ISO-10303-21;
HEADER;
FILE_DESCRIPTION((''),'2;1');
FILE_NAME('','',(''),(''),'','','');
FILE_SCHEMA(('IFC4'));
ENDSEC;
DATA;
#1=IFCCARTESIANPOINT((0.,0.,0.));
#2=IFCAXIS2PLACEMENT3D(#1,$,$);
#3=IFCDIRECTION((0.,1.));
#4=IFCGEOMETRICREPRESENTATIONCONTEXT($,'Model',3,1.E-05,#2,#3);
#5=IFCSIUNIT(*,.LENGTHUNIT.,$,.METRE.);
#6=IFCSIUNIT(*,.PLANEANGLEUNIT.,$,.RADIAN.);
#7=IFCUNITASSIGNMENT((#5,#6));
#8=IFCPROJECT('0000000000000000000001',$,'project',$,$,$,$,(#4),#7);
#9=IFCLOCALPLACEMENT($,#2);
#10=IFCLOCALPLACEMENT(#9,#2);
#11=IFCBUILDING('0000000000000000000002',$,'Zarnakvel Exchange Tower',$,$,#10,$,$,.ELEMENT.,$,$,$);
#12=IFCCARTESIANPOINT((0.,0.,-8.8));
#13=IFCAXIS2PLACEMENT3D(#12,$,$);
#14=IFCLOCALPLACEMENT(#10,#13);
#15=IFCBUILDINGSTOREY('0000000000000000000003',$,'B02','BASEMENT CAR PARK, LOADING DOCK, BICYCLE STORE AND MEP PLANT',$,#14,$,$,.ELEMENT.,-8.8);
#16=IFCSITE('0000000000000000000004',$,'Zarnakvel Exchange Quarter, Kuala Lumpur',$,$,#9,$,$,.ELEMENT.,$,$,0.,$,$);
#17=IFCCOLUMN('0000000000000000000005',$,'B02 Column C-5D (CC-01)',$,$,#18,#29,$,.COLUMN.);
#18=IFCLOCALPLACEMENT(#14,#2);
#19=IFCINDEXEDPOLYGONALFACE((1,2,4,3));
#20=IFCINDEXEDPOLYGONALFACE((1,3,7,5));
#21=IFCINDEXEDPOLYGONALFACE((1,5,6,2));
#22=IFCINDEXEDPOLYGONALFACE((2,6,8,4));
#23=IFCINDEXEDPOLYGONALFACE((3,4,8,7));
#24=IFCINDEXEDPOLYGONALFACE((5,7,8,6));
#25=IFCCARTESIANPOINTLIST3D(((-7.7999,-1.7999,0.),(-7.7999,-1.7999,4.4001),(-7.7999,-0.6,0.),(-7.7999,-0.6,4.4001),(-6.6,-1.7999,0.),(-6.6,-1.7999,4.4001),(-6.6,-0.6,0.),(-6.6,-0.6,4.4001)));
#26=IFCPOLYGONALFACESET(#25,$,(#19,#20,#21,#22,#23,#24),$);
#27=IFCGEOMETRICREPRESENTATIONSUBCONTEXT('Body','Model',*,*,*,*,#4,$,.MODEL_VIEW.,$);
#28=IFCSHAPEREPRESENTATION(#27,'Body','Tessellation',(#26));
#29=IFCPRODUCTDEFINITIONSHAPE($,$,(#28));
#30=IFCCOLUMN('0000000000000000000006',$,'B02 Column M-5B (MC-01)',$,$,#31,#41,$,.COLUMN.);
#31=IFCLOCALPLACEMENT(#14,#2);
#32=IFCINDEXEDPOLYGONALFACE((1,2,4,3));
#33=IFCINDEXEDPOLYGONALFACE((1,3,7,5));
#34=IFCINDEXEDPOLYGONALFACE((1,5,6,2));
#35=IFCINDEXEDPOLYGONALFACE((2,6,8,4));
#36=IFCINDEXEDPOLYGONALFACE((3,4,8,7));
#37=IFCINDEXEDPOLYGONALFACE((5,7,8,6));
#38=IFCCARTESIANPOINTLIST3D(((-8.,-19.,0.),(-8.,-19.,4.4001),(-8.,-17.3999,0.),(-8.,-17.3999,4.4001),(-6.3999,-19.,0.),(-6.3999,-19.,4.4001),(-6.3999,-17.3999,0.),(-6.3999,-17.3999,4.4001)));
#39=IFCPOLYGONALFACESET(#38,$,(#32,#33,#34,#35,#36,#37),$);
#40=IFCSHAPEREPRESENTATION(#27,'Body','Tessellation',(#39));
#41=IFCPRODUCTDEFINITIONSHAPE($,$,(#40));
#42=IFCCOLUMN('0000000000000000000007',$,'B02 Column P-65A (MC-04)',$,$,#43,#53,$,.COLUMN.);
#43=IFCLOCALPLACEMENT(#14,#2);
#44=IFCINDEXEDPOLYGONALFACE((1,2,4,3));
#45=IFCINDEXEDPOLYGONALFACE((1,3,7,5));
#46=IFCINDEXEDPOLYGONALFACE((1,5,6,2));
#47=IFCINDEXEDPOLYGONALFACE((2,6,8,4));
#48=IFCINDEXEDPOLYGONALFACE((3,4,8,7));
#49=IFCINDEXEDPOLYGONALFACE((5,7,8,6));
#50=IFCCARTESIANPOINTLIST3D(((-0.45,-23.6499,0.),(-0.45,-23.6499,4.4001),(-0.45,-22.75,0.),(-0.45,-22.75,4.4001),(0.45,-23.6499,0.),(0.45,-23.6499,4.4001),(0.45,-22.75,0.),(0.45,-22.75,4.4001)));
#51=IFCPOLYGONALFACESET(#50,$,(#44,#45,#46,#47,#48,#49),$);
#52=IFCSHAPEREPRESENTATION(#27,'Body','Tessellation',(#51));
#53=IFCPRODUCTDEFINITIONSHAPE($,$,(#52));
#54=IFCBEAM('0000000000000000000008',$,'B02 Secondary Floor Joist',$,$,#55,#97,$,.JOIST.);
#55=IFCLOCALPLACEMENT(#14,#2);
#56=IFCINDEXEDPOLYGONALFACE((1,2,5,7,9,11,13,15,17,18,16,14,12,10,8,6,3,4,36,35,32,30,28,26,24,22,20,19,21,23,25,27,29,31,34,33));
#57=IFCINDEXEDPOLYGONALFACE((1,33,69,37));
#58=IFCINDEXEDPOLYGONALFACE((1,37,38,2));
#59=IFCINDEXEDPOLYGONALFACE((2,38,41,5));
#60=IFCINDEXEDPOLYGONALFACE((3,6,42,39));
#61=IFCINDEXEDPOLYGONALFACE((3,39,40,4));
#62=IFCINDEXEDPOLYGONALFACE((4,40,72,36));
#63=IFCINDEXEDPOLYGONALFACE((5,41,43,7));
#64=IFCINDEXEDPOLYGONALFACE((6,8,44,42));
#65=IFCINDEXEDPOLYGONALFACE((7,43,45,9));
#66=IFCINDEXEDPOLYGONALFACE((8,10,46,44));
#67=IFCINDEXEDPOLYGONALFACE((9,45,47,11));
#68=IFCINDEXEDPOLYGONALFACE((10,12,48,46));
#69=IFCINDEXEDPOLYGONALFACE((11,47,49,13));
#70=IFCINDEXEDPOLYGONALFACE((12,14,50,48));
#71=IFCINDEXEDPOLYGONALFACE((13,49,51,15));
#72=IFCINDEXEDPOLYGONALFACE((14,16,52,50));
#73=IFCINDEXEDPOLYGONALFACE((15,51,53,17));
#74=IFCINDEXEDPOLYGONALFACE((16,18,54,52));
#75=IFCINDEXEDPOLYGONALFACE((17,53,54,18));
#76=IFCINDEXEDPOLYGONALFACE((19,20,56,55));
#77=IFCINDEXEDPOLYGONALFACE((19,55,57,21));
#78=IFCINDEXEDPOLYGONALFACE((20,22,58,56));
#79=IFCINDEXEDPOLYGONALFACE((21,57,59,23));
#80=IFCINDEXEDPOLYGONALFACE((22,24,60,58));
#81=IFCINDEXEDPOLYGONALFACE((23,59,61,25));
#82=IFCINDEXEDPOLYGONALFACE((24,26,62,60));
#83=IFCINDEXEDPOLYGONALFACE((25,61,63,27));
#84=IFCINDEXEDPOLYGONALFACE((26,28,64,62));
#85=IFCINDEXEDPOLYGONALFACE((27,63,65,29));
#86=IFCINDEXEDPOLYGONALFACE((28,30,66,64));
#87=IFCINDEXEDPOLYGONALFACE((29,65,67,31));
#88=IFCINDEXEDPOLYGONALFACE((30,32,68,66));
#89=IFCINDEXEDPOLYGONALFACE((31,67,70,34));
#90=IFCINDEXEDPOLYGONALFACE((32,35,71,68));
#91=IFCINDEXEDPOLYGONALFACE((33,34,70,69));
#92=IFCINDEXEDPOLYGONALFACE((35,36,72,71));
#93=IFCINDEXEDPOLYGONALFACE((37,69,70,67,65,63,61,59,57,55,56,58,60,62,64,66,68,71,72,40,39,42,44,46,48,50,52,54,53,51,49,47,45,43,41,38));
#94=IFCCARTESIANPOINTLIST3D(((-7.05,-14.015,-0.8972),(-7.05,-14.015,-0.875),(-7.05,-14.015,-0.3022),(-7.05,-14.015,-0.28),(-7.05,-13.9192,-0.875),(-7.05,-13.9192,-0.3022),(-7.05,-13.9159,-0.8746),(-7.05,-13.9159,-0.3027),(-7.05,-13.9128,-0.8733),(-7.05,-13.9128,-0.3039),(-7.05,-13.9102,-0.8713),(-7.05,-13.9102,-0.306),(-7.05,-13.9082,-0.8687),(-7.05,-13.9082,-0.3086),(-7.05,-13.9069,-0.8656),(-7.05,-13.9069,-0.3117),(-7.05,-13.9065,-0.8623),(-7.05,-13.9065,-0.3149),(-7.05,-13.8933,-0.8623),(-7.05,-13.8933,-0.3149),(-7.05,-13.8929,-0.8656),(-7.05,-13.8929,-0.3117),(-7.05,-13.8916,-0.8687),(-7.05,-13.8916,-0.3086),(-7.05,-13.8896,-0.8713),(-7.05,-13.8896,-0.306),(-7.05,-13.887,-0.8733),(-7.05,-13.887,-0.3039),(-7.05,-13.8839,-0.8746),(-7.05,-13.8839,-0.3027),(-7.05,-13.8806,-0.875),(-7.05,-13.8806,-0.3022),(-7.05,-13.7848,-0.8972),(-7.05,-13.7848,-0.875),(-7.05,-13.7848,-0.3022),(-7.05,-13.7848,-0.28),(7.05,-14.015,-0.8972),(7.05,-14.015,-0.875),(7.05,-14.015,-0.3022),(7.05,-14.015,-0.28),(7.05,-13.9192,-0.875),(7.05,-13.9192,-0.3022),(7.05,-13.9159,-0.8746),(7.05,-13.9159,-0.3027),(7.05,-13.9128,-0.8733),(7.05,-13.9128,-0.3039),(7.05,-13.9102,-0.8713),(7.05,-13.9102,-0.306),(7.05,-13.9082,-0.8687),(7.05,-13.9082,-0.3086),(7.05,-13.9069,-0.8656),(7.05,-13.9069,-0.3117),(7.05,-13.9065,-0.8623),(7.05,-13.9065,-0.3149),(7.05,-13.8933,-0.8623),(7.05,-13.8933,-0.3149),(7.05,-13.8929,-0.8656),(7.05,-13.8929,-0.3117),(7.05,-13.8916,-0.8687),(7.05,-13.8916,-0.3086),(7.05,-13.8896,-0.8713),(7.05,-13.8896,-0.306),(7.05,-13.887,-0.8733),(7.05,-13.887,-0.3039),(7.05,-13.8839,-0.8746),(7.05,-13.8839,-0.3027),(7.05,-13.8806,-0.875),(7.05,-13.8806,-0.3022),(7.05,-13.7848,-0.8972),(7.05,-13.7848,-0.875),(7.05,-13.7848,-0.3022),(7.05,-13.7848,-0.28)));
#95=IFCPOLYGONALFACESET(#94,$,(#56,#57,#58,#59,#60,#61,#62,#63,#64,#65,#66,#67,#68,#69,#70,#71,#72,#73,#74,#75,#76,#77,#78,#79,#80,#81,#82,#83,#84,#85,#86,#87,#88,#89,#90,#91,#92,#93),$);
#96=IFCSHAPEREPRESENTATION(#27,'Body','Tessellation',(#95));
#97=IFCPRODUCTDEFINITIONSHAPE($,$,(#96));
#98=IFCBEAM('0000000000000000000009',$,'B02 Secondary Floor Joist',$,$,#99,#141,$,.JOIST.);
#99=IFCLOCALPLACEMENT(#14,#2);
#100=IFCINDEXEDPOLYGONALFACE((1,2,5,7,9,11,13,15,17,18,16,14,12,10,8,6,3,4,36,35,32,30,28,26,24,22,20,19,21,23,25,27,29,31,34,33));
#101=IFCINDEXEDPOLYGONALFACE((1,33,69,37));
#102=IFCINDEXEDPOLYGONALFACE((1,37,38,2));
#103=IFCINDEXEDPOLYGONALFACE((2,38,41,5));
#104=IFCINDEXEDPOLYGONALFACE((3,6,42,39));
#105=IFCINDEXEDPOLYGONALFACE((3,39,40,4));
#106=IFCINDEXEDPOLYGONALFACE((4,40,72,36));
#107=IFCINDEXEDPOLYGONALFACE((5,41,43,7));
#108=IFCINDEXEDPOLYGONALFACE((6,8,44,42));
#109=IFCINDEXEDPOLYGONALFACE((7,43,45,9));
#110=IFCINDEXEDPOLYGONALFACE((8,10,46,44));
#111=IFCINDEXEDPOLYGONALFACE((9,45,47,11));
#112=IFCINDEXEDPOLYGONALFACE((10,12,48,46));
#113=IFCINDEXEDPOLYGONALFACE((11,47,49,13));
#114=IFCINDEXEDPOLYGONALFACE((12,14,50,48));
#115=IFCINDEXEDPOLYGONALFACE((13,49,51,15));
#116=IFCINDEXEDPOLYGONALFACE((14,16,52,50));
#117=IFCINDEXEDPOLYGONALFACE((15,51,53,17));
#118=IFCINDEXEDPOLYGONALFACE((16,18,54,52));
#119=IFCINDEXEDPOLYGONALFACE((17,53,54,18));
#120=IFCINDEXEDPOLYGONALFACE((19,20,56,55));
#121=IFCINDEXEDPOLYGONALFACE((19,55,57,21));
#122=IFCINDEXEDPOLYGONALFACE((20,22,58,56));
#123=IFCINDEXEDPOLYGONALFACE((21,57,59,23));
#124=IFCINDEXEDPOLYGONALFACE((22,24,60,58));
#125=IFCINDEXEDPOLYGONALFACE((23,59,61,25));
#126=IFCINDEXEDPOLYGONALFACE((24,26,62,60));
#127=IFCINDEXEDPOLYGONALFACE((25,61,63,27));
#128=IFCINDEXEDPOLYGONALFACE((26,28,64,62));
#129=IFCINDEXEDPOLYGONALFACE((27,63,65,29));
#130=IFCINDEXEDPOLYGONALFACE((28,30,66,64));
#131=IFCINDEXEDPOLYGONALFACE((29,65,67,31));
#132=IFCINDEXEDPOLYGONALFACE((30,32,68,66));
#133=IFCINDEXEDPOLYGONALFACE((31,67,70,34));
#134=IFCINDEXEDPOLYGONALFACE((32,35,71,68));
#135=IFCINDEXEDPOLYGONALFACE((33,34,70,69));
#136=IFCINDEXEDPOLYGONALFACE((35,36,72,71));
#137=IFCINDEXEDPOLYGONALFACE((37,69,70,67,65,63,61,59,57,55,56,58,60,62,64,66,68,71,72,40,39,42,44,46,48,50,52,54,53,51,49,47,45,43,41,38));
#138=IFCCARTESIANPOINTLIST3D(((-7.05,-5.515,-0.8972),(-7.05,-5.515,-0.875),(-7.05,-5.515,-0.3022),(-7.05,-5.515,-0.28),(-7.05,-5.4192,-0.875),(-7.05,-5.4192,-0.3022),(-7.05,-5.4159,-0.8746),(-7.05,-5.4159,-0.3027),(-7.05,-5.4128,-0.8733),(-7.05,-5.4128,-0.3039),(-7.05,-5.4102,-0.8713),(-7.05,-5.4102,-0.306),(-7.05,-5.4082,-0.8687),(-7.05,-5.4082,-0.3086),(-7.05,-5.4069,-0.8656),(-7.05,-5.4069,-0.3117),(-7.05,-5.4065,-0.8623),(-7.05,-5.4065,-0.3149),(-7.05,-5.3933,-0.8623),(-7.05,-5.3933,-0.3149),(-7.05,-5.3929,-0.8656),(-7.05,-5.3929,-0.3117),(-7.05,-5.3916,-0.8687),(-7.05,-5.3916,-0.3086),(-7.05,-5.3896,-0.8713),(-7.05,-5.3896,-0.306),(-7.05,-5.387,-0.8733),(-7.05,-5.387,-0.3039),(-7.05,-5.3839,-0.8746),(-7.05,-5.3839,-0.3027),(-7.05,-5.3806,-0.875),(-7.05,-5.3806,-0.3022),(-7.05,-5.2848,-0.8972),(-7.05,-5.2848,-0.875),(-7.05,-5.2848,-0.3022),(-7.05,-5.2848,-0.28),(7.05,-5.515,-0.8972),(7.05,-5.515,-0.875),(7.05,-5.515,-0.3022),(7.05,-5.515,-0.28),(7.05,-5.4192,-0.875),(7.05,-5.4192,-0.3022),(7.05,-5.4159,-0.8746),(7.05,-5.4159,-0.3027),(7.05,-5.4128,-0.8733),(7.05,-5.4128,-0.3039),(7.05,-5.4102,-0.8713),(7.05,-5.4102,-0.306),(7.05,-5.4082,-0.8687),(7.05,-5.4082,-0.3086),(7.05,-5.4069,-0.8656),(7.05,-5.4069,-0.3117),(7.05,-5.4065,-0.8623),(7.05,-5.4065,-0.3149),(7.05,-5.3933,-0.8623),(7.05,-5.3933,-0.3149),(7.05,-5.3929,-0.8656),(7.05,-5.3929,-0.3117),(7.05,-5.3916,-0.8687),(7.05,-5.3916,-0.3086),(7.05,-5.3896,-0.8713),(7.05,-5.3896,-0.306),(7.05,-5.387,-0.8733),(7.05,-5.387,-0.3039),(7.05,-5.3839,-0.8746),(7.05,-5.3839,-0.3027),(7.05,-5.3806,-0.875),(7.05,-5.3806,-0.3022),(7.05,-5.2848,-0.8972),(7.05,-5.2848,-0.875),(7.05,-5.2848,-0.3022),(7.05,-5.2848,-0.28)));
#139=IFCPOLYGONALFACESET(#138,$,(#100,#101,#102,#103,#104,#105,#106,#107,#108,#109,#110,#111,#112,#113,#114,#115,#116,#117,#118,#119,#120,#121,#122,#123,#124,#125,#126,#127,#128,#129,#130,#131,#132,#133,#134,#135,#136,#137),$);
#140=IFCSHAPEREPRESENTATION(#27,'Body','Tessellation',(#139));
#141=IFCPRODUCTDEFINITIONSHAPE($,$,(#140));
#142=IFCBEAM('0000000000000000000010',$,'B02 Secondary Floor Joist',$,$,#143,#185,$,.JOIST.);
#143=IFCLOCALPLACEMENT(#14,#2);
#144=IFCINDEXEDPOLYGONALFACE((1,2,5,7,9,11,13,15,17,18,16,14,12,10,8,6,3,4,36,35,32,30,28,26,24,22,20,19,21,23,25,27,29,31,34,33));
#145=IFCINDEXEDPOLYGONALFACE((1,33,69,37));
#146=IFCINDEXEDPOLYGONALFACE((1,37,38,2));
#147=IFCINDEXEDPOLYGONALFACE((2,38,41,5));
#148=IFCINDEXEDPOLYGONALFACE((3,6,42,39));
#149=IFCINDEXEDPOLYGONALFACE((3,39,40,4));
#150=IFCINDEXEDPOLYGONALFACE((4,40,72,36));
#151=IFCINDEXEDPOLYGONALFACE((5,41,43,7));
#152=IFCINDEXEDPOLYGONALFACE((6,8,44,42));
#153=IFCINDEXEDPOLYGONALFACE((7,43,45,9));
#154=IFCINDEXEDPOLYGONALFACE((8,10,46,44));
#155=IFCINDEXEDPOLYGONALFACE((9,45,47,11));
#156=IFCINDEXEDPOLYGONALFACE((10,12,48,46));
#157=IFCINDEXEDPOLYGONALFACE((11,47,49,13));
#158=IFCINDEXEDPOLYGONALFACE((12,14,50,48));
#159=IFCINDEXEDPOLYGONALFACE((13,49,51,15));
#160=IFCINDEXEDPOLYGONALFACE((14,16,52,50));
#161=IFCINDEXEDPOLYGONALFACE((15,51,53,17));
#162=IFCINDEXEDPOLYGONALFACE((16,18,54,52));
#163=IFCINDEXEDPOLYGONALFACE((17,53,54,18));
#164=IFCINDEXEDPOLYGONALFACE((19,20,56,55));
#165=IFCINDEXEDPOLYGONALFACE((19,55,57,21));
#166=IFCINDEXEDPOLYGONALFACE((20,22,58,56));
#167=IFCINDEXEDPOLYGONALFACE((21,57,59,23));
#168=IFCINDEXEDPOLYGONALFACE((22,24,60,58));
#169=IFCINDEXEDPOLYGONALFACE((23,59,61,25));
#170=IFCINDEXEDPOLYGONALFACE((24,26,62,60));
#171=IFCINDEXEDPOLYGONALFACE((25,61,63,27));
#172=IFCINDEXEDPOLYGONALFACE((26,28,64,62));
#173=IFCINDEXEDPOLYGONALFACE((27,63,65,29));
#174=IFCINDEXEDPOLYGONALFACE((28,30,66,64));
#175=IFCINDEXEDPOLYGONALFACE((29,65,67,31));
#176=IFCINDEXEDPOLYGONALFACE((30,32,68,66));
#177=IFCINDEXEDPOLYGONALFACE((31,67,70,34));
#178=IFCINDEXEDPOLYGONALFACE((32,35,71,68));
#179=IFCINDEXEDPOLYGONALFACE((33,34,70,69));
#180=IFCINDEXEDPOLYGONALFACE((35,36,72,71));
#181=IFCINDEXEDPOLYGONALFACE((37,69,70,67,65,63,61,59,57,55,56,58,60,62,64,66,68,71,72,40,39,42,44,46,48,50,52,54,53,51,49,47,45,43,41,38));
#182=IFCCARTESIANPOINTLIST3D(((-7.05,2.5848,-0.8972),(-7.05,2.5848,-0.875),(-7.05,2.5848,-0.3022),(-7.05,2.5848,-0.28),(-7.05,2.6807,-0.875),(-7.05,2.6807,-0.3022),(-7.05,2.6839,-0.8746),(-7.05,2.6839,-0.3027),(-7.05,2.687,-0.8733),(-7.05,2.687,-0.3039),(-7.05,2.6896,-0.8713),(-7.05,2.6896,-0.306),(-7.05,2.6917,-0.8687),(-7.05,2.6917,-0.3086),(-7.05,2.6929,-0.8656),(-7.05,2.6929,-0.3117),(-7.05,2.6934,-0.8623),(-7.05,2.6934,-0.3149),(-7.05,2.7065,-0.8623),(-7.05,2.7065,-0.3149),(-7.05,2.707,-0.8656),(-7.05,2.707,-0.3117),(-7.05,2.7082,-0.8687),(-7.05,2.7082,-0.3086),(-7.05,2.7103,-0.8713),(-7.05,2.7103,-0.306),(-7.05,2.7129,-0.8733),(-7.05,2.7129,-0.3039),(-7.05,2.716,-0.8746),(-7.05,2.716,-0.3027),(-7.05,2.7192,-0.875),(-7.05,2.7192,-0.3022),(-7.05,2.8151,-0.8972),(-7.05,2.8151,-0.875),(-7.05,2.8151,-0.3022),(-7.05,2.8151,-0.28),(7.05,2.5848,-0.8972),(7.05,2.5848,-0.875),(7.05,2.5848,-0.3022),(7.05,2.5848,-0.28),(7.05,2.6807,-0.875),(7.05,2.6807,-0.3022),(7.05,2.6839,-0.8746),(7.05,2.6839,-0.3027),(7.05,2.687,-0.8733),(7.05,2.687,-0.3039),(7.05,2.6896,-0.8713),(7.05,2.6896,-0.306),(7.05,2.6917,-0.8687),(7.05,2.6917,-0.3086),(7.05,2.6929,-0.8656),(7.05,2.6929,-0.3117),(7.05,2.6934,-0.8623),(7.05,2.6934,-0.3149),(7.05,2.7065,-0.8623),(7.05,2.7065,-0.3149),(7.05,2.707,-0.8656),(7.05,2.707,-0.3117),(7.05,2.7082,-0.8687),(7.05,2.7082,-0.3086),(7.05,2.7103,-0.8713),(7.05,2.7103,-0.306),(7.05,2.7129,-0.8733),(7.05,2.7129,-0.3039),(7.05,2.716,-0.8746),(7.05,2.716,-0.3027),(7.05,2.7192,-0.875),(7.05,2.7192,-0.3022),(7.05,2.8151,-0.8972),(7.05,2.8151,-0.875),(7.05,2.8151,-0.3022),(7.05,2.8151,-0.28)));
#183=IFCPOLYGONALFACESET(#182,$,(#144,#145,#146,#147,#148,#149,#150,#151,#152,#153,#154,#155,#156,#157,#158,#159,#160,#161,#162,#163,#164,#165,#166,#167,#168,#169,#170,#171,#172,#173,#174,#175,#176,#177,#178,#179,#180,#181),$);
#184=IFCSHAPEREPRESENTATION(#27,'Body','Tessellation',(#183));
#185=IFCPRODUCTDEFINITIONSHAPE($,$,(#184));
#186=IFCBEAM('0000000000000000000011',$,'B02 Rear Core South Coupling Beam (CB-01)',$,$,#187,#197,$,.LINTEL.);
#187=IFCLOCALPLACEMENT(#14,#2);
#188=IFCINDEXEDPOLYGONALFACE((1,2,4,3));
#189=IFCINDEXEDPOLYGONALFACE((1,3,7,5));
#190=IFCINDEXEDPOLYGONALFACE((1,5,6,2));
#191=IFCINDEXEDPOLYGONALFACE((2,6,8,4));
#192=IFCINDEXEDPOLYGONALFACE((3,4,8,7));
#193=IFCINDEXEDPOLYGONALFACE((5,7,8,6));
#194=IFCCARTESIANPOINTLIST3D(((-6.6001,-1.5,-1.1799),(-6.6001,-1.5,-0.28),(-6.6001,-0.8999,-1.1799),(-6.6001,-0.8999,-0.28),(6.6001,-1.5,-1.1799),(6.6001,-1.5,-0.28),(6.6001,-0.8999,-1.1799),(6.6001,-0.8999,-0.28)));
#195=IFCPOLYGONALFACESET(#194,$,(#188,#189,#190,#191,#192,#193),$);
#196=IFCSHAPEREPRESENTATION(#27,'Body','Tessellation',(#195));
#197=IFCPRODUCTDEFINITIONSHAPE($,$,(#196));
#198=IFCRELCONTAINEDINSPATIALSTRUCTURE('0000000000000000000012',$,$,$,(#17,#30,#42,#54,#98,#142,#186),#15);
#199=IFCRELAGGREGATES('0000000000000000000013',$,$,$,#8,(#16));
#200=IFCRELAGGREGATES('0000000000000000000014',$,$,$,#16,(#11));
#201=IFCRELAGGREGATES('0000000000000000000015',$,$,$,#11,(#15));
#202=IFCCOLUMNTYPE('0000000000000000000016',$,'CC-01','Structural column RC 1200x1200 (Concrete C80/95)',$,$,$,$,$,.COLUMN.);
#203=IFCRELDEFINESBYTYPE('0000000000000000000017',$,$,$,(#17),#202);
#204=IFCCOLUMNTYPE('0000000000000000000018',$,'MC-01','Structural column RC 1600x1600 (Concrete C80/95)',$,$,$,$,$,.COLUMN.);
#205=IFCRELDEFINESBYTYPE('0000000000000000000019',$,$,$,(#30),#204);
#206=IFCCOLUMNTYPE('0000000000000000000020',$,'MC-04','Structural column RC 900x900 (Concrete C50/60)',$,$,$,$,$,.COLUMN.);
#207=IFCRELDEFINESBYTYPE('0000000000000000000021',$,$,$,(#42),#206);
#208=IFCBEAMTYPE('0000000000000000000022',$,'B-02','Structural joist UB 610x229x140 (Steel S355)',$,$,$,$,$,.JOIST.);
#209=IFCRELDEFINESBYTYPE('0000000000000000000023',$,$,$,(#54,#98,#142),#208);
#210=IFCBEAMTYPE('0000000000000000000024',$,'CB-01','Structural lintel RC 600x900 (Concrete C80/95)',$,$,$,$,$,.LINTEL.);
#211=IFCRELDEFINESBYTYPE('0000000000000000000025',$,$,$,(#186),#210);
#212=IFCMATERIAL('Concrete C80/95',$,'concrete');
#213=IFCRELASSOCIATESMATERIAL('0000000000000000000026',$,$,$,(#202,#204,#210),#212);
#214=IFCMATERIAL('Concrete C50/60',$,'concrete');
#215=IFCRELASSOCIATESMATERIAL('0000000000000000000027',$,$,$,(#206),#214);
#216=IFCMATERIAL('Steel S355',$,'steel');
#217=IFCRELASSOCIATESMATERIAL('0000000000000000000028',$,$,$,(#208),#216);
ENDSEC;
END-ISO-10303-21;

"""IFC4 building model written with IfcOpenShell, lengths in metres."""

from ifc_helpers import new_model, si_unit, direction, frame, origin, origin_2d, place, context, subcontext, project, spatial, rectangle, i_section, extrude, material, material_profile, profile_set, type_object, element, save


model = new_model("IFC4")

# Units and contexts
model_context = context("Model", 3, precision=1e-05, world=origin(), true_north=direction((0.0, 1.0)))
body_context = subcontext(model_context, "Body", "Model", "MODEL_VIEW")
ifc_project = project(units=[si_unit("LENGTHUNIT", "METRE"), si_unit("PLANEANGLEUNIT", "RADIAN")], contexts=[model_context])

# Site, building, storey
site_placement = place(None, origin())
site = spatial("IfcSite", under=ifc_project, at=site_placement, Name="Zarnakvel Exchange Quarter, Kuala Lumpur", CompositionType="ELEMENT", RefElevation=0.0)
building_placement = place(site_placement, origin())
building = spatial("IfcBuilding", under=site, at=building_placement, Name="Zarnakvel Exchange Tower", CompositionType="ELEMENT")
storey_placement = place(building_placement, frame((0.0, 0.0, -8.8)))
storey = spatial("IfcBuildingStorey", under=building, at=storey_placement, Name="B02", Description="BASEMENT CAR PARK, LOADING DOCK, BICYCLE STORE AND MEP PLANT", CompositionType="ELEMENT", Elevation=-8.8)

# Columns
ifc_material_1 = material(Name="Concrete C80/95", Category="concrete")
ifc_material_profile_1 = material_profile(ifc_material_1, rectangle(XDim=1.2, YDim=1.2, at=origin_2d()))
ifc_profile_set_1 = profile_set([ifc_material_profile_1], Name="Concrete C80/95")
column_type_1 = type_object("IfcColumnType", Name="CC-01", Description="Structural column RC 1200x1200 (Concrete C80/95)", PredefinedType="COLUMN", material=ifc_profile_set_1)
column_1_placement = place(storey_placement, frame((-7.2, -1.2, 0.0), z_axis=(0.0, 0.0, 1.0), x_axis=(1.0, 0.0, 0.0)))
element("IfcColumn", 1, at=column_1_placement, inside=storey, type_object=column_type_1, Name="B02 Column C-5D (CC-01)", PredefinedType="COLUMN", context=body_context, shape_type="SweptSolid", body=[
    extrude(rectangle(XDim=1.2, YDim=1.2, at=origin_2d()), origin(), (0.0, 0.0, 1.0), 4.4001),
])
ifc_material_profile_2 = material_profile(ifc_material_1, rectangle(XDim=1.6001, YDim=1.6001, at=origin_2d()))
ifc_profile_set_2 = profile_set([ifc_material_profile_2], Name="Concrete C80/95")
column_type_2 = type_object("IfcColumnType", Name="MC-01", Description="Structural column RC 1600x1600 (Concrete C80/95)", PredefinedType="COLUMN", material=ifc_profile_set_2)
column_2_placement = place(storey_placement, frame((-7.2, -18.2, 0.0), z_axis=(0.0, 0.0, 1.0), x_axis=(1.0, 0.0, 0.0)))
element("IfcColumn", 2, at=column_2_placement, inside=storey, type_object=column_type_2, Name="B02 Column M-5B (MC-01)", PredefinedType="COLUMN", context=body_context, shape_type="SweptSolid", body=[
    extrude(rectangle(XDim=1.6001, YDim=1.6001, at=origin_2d()), origin(), (0.0, 0.0, 1.0), 4.4001),
])
ifc_material_2 = material(Name="Concrete C50/60", Category="concrete")
ifc_material_profile_3 = material_profile(ifc_material_2, rectangle(XDim=0.8999, YDim=0.8999, at=origin_2d()))
ifc_profile_set_3 = profile_set([ifc_material_profile_3], Name="Concrete C50/60")
column_type_3 = type_object("IfcColumnType", Name="MC-04", Description="Structural column RC 900x900 (Concrete C50/60)", PredefinedType="COLUMN", material=ifc_profile_set_3)
column_3_placement = place(storey_placement, frame((0.0, -23.2, 0.0), z_axis=(0.0, 0.0, 1.0), x_axis=(1.0, 0.0, 0.0)))
element("IfcColumn", 3, at=column_3_placement, inside=storey, type_object=column_type_3, Name="B02 Column P-65A (MC-04)", PredefinedType="COLUMN", context=body_context, shape_type="SweptSolid", body=[
    extrude(rectangle(XDim=0.8999, YDim=0.8999, at=origin_2d()), origin(), (0.0, 0.0, 1.0), 4.4001),
])

# Beams
ifc_material_3 = material(Name="Steel S355", Category="steel")
ifc_material_profile_4 = material_profile(ifc_material_3, i_section(OverallWidth=0.2302, OverallDepth=0.6172, WebThickness=0.0132, FlangeThickness=0.0222, FilletRadius=0.0127, at=origin_2d()))
ifc_profile_set_4 = profile_set([ifc_material_profile_4], Name="Steel S355")
beam_type_1 = type_object("IfcBeamType", Name="B-02", Description="Structural joist UB 610x229x140 (Steel S355)", PredefinedType="JOIST", material=ifc_profile_set_4)
for number, where, z_axis, x_axis, name in (
    (4, (-7.05, -13.8999, -0.5886), (1.0, 0.0, 0.0), (0.0, 1.0, 0.0), "B02 Secondary Floor Joist"),
    (5, (-7.05, -5.3999, -0.5886), (1.0, 0.0, 0.0), (0.0, 1.0, 0.0), "B02 Secondary Floor Joist"),
    (6, (-7.05, 2.7, -0.5886), (1.0, 0.0, 0.0), (0.0, 1.0, 0.0), "B02 Secondary Floor Joist"),
):
    element("IfcBeam", number, at=place(storey_placement, frame(where, z_axis=z_axis, x_axis=x_axis)), inside=storey, type_object=beam_type_1, Name=name, PredefinedType="JOIST", context=body_context, shape_type="SweptSolid", body=[
        extrude(i_section(OverallWidth=0.2302, OverallDepth=0.6172, WebThickness=0.0132, FlangeThickness=0.0222, FilletRadius=0.0127, at=origin_2d()), origin(), (0.0, 0.0, 1.0), 14.1001),
    ])
ifc_material_profile_5 = material_profile(ifc_material_1, rectangle(XDim=0.6001, YDim=0.8999, at=origin_2d()))
ifc_profile_set_5 = profile_set([ifc_material_profile_5], Name="Concrete C80/95")
beam_type_2 = type_object("IfcBeamType", Name="CB-01", Description="Structural lintel RC 600x900 (Concrete C80/95)", PredefinedType="LINTEL", material=ifc_profile_set_5)
beam_1_placement = place(storey_placement, frame((-6.6001, -1.2, -0.73), z_axis=(1.0, 0.0, 0.0), x_axis=(0.0, 1.0, 0.0)))
element("IfcBeam", 7, at=beam_1_placement, inside=storey, type_object=beam_type_2, Name="B02 Rear Core South Coupling Beam (CB-01)", PredefinedType="LINTEL", context=body_context, shape_type="SweptSolid", body=[
    extrude(rectangle(XDim=0.6001, YDim=0.8999, at=origin_2d()), origin(), (0.0, 0.0, 1.0), 13.2002),
])

save(model, "model.ifc")
